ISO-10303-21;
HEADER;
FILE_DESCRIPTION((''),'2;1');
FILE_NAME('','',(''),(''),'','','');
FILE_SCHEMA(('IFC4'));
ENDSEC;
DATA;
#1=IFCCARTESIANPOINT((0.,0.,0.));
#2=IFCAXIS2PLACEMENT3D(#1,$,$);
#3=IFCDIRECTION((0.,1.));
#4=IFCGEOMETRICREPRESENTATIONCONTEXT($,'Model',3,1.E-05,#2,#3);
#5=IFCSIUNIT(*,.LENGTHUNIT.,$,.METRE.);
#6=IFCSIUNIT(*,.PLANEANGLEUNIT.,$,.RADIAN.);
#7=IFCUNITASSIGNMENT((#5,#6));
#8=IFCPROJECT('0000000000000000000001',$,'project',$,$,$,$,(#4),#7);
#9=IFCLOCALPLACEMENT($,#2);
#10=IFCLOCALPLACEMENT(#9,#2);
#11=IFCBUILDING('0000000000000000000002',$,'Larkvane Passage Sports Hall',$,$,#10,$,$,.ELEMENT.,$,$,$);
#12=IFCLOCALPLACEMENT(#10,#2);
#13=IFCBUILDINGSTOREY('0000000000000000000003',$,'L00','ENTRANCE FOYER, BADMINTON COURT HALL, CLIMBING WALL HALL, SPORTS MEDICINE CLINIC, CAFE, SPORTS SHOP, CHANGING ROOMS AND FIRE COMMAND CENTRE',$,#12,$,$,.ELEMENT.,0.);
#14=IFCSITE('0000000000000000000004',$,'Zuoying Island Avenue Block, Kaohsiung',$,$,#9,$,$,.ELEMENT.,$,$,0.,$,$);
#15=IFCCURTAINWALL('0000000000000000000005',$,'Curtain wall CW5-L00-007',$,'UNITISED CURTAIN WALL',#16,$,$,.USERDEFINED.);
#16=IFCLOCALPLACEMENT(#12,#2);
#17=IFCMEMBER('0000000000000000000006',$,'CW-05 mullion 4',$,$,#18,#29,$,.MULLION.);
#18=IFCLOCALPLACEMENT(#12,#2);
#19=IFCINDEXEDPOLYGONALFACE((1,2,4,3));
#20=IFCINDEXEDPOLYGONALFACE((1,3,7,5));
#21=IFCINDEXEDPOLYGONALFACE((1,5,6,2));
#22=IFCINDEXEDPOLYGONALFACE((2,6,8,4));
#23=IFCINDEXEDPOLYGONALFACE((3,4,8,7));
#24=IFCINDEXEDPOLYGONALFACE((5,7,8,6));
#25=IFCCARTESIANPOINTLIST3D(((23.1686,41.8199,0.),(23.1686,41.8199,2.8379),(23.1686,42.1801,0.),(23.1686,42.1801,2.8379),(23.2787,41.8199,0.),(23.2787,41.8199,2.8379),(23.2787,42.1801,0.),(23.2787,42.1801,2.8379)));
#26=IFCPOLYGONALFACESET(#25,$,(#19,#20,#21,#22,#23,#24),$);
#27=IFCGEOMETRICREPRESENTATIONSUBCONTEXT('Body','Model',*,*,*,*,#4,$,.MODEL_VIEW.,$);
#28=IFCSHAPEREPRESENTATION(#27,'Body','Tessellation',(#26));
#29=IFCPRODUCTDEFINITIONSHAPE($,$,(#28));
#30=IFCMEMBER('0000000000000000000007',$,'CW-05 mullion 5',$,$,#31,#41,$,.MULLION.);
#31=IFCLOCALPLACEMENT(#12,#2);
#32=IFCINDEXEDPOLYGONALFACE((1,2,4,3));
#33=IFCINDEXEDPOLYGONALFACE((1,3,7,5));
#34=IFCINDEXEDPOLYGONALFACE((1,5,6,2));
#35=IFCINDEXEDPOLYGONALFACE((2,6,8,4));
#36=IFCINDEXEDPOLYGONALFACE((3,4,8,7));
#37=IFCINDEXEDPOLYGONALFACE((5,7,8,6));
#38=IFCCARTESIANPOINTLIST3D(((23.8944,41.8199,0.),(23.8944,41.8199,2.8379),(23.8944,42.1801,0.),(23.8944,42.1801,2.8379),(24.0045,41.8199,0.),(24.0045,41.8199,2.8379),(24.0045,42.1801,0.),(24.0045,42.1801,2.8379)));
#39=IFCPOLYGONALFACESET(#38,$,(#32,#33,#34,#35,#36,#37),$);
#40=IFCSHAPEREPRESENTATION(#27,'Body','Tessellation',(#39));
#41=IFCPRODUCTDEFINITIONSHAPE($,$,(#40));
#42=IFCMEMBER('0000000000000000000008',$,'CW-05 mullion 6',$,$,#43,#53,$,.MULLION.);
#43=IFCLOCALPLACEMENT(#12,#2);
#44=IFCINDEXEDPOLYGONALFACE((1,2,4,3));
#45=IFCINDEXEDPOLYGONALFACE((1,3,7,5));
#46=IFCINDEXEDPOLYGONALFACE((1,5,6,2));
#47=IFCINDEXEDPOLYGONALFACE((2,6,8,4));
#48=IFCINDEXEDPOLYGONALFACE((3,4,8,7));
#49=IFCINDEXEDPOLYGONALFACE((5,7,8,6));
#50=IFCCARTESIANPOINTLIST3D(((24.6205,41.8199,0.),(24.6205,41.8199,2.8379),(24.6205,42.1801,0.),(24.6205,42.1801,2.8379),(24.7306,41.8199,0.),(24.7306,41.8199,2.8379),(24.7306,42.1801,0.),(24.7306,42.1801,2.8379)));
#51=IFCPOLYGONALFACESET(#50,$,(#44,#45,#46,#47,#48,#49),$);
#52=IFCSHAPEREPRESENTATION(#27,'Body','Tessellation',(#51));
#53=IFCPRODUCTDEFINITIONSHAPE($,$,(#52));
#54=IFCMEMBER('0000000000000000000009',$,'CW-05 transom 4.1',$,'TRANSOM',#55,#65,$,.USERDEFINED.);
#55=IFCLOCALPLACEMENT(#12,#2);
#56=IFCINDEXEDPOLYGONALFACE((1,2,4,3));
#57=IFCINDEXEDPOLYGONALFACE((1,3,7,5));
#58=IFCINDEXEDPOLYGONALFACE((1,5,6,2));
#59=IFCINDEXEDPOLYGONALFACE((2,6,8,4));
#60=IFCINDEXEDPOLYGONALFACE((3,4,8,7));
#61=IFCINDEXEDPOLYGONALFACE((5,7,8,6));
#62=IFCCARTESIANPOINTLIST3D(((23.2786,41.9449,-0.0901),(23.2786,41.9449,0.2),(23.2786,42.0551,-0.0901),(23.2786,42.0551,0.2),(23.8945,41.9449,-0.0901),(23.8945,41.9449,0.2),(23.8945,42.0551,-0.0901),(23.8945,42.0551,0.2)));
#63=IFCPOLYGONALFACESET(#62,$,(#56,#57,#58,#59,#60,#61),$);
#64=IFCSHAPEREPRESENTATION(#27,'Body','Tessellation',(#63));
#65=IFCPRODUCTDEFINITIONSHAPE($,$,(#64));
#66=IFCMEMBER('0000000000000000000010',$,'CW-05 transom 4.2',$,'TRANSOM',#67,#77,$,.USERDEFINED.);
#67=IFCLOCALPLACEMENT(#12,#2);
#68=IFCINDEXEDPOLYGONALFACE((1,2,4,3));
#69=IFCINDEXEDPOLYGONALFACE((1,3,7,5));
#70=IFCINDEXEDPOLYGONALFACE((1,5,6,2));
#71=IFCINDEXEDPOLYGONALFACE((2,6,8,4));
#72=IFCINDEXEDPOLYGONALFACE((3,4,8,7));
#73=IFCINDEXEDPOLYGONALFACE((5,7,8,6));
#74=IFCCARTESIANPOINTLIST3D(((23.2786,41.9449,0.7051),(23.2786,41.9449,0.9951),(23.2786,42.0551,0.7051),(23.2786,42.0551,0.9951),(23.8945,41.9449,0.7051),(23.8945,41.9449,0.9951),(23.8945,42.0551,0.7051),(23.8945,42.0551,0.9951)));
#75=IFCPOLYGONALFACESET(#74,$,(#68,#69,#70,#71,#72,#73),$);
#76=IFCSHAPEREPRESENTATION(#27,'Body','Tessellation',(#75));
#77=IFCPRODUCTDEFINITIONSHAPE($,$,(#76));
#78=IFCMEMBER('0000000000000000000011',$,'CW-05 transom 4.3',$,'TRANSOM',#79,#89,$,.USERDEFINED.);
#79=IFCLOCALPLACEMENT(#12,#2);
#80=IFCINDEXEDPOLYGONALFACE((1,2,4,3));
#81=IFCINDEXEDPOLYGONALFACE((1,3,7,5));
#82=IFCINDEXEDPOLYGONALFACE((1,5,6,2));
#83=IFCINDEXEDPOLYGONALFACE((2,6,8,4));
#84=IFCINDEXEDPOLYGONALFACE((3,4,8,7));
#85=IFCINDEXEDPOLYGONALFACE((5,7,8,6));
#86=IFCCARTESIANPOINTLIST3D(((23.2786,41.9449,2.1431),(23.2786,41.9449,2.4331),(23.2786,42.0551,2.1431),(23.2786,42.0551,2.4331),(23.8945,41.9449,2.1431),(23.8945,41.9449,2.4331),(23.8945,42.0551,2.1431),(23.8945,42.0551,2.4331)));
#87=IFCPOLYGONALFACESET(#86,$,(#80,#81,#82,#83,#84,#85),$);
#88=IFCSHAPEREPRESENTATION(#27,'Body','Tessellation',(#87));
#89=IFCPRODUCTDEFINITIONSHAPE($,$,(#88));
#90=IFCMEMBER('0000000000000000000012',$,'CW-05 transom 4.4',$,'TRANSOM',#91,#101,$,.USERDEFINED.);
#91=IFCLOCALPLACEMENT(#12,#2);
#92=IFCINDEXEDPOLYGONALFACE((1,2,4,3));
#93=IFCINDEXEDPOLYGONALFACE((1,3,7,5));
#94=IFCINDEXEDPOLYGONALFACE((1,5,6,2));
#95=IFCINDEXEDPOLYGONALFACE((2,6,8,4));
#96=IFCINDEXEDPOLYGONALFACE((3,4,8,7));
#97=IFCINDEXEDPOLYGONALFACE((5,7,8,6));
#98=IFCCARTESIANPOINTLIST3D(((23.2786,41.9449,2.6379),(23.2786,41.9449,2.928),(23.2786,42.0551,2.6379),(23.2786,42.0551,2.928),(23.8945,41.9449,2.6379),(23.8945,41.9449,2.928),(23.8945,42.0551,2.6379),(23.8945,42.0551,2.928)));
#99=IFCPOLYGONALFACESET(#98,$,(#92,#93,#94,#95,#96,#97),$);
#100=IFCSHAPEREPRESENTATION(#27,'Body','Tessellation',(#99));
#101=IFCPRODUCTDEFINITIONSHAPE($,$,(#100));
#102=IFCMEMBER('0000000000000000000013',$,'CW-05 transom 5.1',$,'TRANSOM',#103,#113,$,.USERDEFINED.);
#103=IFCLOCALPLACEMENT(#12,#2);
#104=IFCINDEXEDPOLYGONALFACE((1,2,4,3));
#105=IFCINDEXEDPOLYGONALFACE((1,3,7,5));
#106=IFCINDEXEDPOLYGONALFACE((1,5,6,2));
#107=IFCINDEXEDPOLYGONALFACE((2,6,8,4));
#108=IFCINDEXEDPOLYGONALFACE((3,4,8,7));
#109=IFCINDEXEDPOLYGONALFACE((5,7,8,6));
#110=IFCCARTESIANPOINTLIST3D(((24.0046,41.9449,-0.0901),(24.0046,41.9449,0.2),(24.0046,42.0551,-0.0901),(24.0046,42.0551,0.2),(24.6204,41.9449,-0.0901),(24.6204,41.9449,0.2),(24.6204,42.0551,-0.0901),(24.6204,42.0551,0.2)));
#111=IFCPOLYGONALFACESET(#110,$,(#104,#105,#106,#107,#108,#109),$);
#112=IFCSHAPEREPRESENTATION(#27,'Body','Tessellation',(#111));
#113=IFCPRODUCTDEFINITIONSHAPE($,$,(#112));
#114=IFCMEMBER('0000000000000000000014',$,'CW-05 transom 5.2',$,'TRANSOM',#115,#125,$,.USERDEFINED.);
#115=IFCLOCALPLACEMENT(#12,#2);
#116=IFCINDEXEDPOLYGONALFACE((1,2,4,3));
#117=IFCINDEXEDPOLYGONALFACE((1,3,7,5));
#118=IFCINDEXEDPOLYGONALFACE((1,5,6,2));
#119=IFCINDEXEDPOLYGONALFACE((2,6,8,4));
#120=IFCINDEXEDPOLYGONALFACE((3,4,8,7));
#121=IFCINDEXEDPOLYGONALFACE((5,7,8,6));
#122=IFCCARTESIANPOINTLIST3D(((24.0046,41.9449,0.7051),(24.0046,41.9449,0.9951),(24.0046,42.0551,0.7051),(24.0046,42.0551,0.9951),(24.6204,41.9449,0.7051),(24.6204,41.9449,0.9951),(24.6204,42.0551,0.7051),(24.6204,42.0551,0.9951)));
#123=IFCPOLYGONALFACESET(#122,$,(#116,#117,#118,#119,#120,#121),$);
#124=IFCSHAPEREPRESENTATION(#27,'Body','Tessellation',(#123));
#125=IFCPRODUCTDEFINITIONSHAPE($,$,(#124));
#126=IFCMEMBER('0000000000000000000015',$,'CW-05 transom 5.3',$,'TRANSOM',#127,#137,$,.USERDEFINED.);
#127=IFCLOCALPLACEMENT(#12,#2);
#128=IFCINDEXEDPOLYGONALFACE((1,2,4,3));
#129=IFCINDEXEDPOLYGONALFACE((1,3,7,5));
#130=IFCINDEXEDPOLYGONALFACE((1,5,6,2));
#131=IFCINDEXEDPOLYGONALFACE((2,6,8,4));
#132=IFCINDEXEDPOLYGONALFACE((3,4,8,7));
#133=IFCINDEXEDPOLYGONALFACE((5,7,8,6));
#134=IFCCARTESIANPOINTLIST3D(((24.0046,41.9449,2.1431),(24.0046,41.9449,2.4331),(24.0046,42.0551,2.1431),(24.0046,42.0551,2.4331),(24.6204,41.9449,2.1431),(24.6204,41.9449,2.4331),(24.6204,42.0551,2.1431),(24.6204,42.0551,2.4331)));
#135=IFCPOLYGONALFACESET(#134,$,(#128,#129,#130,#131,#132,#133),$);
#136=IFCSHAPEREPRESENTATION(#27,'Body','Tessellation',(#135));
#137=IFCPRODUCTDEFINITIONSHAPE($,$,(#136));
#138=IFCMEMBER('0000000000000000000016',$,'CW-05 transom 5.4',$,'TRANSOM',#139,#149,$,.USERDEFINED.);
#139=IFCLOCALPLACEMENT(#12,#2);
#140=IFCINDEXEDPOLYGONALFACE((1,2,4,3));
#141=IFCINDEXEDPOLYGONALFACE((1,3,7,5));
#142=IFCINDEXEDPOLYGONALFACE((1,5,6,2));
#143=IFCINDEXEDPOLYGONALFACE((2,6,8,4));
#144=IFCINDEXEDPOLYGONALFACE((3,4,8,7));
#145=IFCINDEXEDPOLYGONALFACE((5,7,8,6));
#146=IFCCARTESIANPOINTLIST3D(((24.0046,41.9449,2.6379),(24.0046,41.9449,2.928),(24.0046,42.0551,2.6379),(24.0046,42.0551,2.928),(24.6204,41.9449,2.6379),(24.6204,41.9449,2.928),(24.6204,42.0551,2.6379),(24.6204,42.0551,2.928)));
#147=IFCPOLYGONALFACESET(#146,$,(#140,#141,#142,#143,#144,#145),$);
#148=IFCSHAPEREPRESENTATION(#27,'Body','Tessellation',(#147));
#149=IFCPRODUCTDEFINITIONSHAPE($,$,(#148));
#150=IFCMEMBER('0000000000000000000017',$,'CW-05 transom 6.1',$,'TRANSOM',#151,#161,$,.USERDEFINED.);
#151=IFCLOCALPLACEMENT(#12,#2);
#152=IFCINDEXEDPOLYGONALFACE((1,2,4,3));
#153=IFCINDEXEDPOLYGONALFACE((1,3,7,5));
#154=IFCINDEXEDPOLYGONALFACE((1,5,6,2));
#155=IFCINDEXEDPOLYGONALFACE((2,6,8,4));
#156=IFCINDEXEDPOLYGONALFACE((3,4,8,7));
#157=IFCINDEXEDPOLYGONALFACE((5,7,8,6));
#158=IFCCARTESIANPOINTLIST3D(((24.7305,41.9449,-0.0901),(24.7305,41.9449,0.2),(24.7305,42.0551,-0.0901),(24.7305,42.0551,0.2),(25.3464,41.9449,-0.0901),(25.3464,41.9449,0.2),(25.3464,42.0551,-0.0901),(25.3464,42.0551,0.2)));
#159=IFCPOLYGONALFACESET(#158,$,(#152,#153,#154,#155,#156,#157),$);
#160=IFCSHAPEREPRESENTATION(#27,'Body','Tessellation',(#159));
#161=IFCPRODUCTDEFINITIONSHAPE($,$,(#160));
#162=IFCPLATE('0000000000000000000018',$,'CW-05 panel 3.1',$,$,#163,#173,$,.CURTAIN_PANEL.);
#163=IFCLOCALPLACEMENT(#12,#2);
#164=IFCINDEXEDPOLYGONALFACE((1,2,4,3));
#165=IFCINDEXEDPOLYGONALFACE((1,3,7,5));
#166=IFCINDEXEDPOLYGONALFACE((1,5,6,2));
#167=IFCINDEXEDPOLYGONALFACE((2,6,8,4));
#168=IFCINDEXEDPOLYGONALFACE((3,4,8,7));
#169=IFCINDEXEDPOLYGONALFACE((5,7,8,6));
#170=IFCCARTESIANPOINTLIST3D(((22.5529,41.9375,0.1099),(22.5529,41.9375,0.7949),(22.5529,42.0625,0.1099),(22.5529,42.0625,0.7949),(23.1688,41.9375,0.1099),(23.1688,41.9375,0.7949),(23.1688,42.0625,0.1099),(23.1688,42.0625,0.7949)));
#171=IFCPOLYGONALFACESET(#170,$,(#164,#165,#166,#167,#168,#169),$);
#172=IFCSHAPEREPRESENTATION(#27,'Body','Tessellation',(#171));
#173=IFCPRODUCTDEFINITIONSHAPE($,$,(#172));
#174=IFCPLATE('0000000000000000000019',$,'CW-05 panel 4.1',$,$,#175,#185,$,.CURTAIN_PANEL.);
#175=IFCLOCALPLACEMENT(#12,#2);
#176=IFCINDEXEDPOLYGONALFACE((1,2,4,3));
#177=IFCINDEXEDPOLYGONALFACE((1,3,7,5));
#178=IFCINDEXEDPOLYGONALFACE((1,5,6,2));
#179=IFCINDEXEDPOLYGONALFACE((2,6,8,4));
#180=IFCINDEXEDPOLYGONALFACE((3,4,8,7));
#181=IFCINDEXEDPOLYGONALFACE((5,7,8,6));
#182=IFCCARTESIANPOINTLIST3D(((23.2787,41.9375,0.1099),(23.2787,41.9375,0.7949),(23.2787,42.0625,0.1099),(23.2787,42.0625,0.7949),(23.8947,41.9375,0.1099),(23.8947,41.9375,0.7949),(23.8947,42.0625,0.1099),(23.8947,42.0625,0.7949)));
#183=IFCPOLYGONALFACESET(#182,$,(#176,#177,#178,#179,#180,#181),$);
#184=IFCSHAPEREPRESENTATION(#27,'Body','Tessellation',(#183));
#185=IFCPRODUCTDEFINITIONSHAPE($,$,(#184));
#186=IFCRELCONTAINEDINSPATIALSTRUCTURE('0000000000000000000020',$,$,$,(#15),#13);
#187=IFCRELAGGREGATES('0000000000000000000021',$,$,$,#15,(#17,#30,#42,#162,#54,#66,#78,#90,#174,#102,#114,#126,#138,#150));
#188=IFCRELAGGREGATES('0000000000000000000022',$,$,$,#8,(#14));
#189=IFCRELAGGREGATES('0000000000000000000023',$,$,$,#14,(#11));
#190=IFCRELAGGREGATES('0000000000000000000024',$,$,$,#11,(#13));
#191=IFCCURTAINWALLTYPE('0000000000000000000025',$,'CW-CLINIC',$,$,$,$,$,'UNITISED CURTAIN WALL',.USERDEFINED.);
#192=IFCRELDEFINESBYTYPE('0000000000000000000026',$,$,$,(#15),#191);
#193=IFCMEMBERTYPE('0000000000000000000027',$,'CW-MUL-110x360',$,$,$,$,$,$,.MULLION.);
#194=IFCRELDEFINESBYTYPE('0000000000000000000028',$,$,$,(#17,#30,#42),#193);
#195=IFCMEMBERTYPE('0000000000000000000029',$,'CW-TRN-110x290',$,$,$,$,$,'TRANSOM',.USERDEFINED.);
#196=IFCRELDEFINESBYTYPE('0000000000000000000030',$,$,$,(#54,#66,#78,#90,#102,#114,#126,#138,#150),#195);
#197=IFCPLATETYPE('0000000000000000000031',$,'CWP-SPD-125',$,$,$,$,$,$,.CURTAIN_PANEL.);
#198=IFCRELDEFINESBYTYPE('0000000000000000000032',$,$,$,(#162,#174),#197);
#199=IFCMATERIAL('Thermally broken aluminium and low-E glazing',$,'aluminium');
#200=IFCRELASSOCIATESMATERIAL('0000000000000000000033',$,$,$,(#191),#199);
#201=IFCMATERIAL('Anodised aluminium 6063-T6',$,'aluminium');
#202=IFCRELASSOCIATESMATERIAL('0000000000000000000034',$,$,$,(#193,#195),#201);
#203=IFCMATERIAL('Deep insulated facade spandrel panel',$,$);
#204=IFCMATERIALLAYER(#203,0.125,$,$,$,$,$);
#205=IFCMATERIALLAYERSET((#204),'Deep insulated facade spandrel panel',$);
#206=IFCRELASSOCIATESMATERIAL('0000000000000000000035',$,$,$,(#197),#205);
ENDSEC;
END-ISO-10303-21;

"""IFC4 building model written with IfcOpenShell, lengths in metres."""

from ifc_helpers import new_model, si_unit, direction, frame, origin, origin_2d, place, context, subcontext, project, spatial, rectangle, extrude, material, layer, layer_set, material_profile, profile_set, type_object, element, aggregate, save


model = new_model("IFC4")

# Units and contexts
model_context = context("Model", 3, precision=1e-05, world=origin(), true_north=direction((0.0, 1.0)))
body_context = subcontext(model_context, "Body", "Model", "MODEL_VIEW")
ifc_project = project(units=[si_unit("LENGTHUNIT", "METRE"), si_unit("PLANEANGLEUNIT", "RADIAN")], contexts=[model_context])

# Site, building, storey
site_placement = place(None, origin())
site = spatial("IfcSite", under=ifc_project, at=site_placement, Name="Zuoying Island Avenue Block, Kaohsiung", CompositionType="ELEMENT", RefElevation=0.0)
building_placement = place(site_placement, origin())
building = spatial("IfcBuilding", under=site, at=building_placement, Name="Larkvane Passage Sports Hall", CompositionType="ELEMENT")
storey_placement = place(building_placement, origin())
storey = spatial("IfcBuildingStorey", under=building, at=storey_placement, Name="L00", Description="ENTRANCE FOYER, BADMINTON COURT HALL, CLIMBING WALL HALL, SPORTS MEDICINE CLINIC, CAFE, SPORTS SHOP, CHANGING ROOMS AND FIRE COMMAND CENTRE", CompositionType="ELEMENT", Elevation=0.0)

# Curtain wall, members, plates
ifc_material_1 = material(Name="Thermally broken aluminium and low-E glazing", Category="aluminium")
curtain_wall_type = type_object("IfcCurtainWallType", Name="CW-CLINIC", ElementType="UNITISED CURTAIN WALL", PredefinedType="USERDEFINED", material=ifc_material_1)
curtain_wall_placement = place(storey_placement, origin())
curtain_wall = element("IfcCurtainWall", 1, at=curtain_wall_placement, inside=storey, type_object=curtain_wall_type, Name="Curtain wall CW5-L00-007", ObjectType="UNITISED CURTAIN WALL", PredefinedType="USERDEFINED")
ifc_material_2 = material(Name="Anodised aluminium 6063-T6", Category="aluminium")
ifc_material_profile_1 = material_profile(ifc_material_2, rectangle(XDim=0.1101, YDim=0.3601, at=origin_2d()), Name="ALU-MUL-110x360")
ifc_profile_set_1 = profile_set([ifc_material_profile_1], Name="Anodised aluminium 6063-T6")
member_type_1 = type_object("IfcMemberType", Name="CW-MUL-110x360", PredefinedType="MULLION", material=ifc_profile_set_1)
member_1_placement = place(storey_placement, frame((23.2236, 42.0, 0.0), z_axis=(0.0, 0.0, 1.0), x_axis=(1.0, 0.0, 0.0)))
member_1 = element("IfcMember", 2, at=member_1_placement, type_object=member_type_1, Name="CW-05 mullion 4", PredefinedType="MULLION", context=body_context, shape_type="SweptSolid", body=[
    extrude(rectangle(XDim=0.1101, YDim=0.3601, at=origin_2d()), origin(), (0.0, 0.0, 1.0), 2.8379),
])
member_2_placement = place(storey_placement, frame((23.9495, 42.0, 0.0), z_axis=(0.0, 0.0, 1.0), x_axis=(1.0, 0.0, 0.0)))
member_2 = element("IfcMember", 3, at=member_2_placement, type_object=member_type_1, Name="CW-05 mullion 5", PredefinedType="MULLION", context=body_context, shape_type="SweptSolid", body=[
    extrude(rectangle(XDim=0.1101, YDim=0.3601, at=origin_2d()), origin(), (0.0, 0.0, 1.0), 2.8379),
])
member_3_placement = place(storey_placement, frame((24.6755, 42.0, 0.0), z_axis=(0.0, 0.0, 1.0), x_axis=(1.0, 0.0, 0.0)))
member_3 = element("IfcMember", 4, at=member_3_placement, type_object=member_type_1, Name="CW-05 mullion 6", PredefinedType="MULLION", context=body_context, shape_type="SweptSolid", body=[
    extrude(rectangle(XDim=0.1101, YDim=0.3601, at=origin_2d()), origin(), (0.0, 0.0, 1.0), 2.8379),
])
ifc_material_profile_2 = material_profile(ifc_material_2, rectangle(XDim=0.1101, YDim=0.29, at=origin_2d()), Name="ALU-TRN-110x290")
ifc_profile_set_2 = profile_set([ifc_material_profile_2], Name="Anodised aluminium 6063-T6")
member_type_2 = type_object("IfcMemberType", Name="CW-TRN-110x290", ElementType="TRANSOM", PredefinedType="USERDEFINED", material=ifc_profile_set_2)
member_4_placement = place(storey_placement, frame((23.2786, 42.0, 0.0549), z_axis=(1.0, 0.0, 0.0), x_axis=(0.0, 1.0, 0.0)))
member_4 = element("IfcMember", 5, at=member_4_placement, type_object=member_type_2, Name="CW-05 transom 4.1", ObjectType="TRANSOM", PredefinedType="USERDEFINED", context=body_context, shape_type="SweptSolid", body=[
    extrude(rectangle(XDim=0.1101, YDim=0.29, at=origin_2d()), origin(), (0.0, 0.0, 1.0), 0.616),
])
member_5_placement = place(storey_placement, frame((23.2786, 42.0, 0.8501), z_axis=(1.0, 0.0, 0.0), x_axis=(0.0, 1.0, 0.0)))
member_5 = element("IfcMember", 6, at=member_5_placement, type_object=member_type_2, Name="CW-05 transom 4.2", ObjectType="TRANSOM", PredefinedType="USERDEFINED", context=body_context, shape_type="SweptSolid", body=[
    extrude(rectangle(XDim=0.1101, YDim=0.29, at=origin_2d()), origin(), (0.0, 0.0, 1.0), 0.616),
])
member_6_placement = place(storey_placement, frame((23.2786, 42.0, 2.2881), z_axis=(1.0, 0.0, 0.0), x_axis=(0.0, 1.0, 0.0)))
member_6 = element("IfcMember", 7, at=member_6_placement, type_object=member_type_2, Name="CW-05 transom 4.3", ObjectType="TRANSOM", PredefinedType="USERDEFINED", context=body_context, shape_type="SweptSolid", body=[
    extrude(rectangle(XDim=0.1101, YDim=0.29, at=origin_2d()), origin(), (0.0, 0.0, 1.0), 0.616),
])
member_7_placement = place(storey_placement, frame((23.2786, 42.0, 2.783), z_axis=(1.0, 0.0, 0.0), x_axis=(0.0, 1.0, 0.0)))
member_7 = element("IfcMember", 8, at=member_7_placement, type_object=member_type_2, Name="CW-05 transom 4.4", ObjectType="TRANSOM", PredefinedType="USERDEFINED", context=body_context, shape_type="SweptSolid", body=[
    extrude(rectangle(XDim=0.1101, YDim=0.29, at=origin_2d()), origin(), (0.0, 0.0, 1.0), 0.616),
])
member_8_placement = place(storey_placement, frame((24.0046, 42.0, 0.0549), z_axis=(1.0, 0.0, 0.0), x_axis=(0.0, 1.0, 0.0)))
member_8 = element("IfcMember", 9, at=member_8_placement, type_object=member_type_2, Name="CW-05 transom 5.1", ObjectType="TRANSOM", PredefinedType="USERDEFINED", context=body_context, shape_type="SweptSolid", body=[
    extrude(rectangle(XDim=0.1101, YDim=0.29, at=origin_2d()), origin(), (0.0, 0.0, 1.0), 0.6157),
])
member_9_placement = place(storey_placement, frame((24.0046, 42.0, 0.8501), z_axis=(1.0, 0.0, 0.0), x_axis=(0.0, 1.0, 0.0)))
member_9 = element("IfcMember", 10, at=member_9_placement, type_object=member_type_2, Name="CW-05 transom 5.2", ObjectType="TRANSOM", PredefinedType="USERDEFINED", context=body_context, shape_type="SweptSolid", body=[
    extrude(rectangle(XDim=0.1101, YDim=0.29, at=origin_2d()), origin(), (0.0, 0.0, 1.0), 0.6157),
])
member_10_placement = place(storey_placement, frame((24.0046, 42.0, 2.2881), z_axis=(1.0, 0.0, 0.0), x_axis=(0.0, 1.0, 0.0)))
member_10 = element("IfcMember", 11, at=member_10_placement, type_object=member_type_2, Name="CW-05 transom 5.3", ObjectType="TRANSOM", PredefinedType="USERDEFINED", context=body_context, shape_type="SweptSolid", body=[
    extrude(rectangle(XDim=0.1101, YDim=0.29, at=origin_2d()), origin(), (0.0, 0.0, 1.0), 0.6157),
])
member_11_placement = place(storey_placement, frame((24.0046, 42.0, 2.783), z_axis=(1.0, 0.0, 0.0), x_axis=(0.0, 1.0, 0.0)))
member_11 = element("IfcMember", 12, at=member_11_placement, type_object=member_type_2, Name="CW-05 transom 5.4", ObjectType="TRANSOM", PredefinedType="USERDEFINED", context=body_context, shape_type="SweptSolid", body=[
    extrude(rectangle(XDim=0.1101, YDim=0.29, at=origin_2d()), origin(), (0.0, 0.0, 1.0), 0.6157),
])
member_12_placement = place(storey_placement, frame((24.7305, 42.0, 0.0549), z_axis=(1.0, 0.0, 0.0), x_axis=(0.0, 1.0, 0.0)))
member_12 = element("IfcMember", 13, at=member_12_placement, type_object=member_type_2, Name="CW-05 transom 6.1", ObjectType="TRANSOM", PredefinedType="USERDEFINED", context=body_context, shape_type="SweptSolid", body=[
    extrude(rectangle(XDim=0.1101, YDim=0.29, at=origin_2d()), origin(), (0.0, 0.0, 1.0), 0.616),
])
ifc_material_3 = material(Name="Deep insulated facade spandrel panel")
ifc_layer_1 = layer(ifc_material_3, 0.125)
ifc_layer_set_1 = layer_set([ifc_layer_1], Name="Deep insulated facade spandrel panel")
plate_type_1 = type_object("IfcPlateType", Name="CWP-SPD-125", PredefinedType="CURTAIN_PANEL", material=ifc_layer_set_1)
plate_1_placement = place(storey_placement, frame((22.8608, 42.0, 0.1099), z_axis=(0.0, 0.0, 1.0), x_axis=(1.0, 0.0, 0.0)))
plate_1 = element("IfcPlate", 14, at=plate_1_placement, type_object=plate_type_1, Name="CW-05 panel 3.1", PredefinedType="CURTAIN_PANEL", context=body_context, shape_type="SweptSolid", body=[
    extrude(rectangle(XDim=0.616, YDim=0.125, at=origin_2d()), origin(), (0.0, 0.0, 1.0), 0.6851),
])
plate_2_placement = place(storey_placement, frame((23.5867, 42.0, 0.1099), z_axis=(0.0, 0.0, 1.0), x_axis=(1.0, 0.0, 0.0)))
plate_2 = element("IfcPlate", 15, at=plate_2_placement, type_object=plate_type_1, Name="CW-05 panel 4.1", PredefinedType="CURTAIN_PANEL", context=body_context, shape_type="SweptSolid", body=[
    extrude(rectangle(XDim=0.616, YDim=0.125, at=origin_2d()), origin(), (0.0, 0.0, 1.0), 0.6851),
])
aggregate(curtain_wall, [member_1, member_2, member_3, plate_1, member_4, member_5, member_6, member_7, plate_2, member_8, member_9, member_10, member_11, member_12])

save(model, "model.ifc")
